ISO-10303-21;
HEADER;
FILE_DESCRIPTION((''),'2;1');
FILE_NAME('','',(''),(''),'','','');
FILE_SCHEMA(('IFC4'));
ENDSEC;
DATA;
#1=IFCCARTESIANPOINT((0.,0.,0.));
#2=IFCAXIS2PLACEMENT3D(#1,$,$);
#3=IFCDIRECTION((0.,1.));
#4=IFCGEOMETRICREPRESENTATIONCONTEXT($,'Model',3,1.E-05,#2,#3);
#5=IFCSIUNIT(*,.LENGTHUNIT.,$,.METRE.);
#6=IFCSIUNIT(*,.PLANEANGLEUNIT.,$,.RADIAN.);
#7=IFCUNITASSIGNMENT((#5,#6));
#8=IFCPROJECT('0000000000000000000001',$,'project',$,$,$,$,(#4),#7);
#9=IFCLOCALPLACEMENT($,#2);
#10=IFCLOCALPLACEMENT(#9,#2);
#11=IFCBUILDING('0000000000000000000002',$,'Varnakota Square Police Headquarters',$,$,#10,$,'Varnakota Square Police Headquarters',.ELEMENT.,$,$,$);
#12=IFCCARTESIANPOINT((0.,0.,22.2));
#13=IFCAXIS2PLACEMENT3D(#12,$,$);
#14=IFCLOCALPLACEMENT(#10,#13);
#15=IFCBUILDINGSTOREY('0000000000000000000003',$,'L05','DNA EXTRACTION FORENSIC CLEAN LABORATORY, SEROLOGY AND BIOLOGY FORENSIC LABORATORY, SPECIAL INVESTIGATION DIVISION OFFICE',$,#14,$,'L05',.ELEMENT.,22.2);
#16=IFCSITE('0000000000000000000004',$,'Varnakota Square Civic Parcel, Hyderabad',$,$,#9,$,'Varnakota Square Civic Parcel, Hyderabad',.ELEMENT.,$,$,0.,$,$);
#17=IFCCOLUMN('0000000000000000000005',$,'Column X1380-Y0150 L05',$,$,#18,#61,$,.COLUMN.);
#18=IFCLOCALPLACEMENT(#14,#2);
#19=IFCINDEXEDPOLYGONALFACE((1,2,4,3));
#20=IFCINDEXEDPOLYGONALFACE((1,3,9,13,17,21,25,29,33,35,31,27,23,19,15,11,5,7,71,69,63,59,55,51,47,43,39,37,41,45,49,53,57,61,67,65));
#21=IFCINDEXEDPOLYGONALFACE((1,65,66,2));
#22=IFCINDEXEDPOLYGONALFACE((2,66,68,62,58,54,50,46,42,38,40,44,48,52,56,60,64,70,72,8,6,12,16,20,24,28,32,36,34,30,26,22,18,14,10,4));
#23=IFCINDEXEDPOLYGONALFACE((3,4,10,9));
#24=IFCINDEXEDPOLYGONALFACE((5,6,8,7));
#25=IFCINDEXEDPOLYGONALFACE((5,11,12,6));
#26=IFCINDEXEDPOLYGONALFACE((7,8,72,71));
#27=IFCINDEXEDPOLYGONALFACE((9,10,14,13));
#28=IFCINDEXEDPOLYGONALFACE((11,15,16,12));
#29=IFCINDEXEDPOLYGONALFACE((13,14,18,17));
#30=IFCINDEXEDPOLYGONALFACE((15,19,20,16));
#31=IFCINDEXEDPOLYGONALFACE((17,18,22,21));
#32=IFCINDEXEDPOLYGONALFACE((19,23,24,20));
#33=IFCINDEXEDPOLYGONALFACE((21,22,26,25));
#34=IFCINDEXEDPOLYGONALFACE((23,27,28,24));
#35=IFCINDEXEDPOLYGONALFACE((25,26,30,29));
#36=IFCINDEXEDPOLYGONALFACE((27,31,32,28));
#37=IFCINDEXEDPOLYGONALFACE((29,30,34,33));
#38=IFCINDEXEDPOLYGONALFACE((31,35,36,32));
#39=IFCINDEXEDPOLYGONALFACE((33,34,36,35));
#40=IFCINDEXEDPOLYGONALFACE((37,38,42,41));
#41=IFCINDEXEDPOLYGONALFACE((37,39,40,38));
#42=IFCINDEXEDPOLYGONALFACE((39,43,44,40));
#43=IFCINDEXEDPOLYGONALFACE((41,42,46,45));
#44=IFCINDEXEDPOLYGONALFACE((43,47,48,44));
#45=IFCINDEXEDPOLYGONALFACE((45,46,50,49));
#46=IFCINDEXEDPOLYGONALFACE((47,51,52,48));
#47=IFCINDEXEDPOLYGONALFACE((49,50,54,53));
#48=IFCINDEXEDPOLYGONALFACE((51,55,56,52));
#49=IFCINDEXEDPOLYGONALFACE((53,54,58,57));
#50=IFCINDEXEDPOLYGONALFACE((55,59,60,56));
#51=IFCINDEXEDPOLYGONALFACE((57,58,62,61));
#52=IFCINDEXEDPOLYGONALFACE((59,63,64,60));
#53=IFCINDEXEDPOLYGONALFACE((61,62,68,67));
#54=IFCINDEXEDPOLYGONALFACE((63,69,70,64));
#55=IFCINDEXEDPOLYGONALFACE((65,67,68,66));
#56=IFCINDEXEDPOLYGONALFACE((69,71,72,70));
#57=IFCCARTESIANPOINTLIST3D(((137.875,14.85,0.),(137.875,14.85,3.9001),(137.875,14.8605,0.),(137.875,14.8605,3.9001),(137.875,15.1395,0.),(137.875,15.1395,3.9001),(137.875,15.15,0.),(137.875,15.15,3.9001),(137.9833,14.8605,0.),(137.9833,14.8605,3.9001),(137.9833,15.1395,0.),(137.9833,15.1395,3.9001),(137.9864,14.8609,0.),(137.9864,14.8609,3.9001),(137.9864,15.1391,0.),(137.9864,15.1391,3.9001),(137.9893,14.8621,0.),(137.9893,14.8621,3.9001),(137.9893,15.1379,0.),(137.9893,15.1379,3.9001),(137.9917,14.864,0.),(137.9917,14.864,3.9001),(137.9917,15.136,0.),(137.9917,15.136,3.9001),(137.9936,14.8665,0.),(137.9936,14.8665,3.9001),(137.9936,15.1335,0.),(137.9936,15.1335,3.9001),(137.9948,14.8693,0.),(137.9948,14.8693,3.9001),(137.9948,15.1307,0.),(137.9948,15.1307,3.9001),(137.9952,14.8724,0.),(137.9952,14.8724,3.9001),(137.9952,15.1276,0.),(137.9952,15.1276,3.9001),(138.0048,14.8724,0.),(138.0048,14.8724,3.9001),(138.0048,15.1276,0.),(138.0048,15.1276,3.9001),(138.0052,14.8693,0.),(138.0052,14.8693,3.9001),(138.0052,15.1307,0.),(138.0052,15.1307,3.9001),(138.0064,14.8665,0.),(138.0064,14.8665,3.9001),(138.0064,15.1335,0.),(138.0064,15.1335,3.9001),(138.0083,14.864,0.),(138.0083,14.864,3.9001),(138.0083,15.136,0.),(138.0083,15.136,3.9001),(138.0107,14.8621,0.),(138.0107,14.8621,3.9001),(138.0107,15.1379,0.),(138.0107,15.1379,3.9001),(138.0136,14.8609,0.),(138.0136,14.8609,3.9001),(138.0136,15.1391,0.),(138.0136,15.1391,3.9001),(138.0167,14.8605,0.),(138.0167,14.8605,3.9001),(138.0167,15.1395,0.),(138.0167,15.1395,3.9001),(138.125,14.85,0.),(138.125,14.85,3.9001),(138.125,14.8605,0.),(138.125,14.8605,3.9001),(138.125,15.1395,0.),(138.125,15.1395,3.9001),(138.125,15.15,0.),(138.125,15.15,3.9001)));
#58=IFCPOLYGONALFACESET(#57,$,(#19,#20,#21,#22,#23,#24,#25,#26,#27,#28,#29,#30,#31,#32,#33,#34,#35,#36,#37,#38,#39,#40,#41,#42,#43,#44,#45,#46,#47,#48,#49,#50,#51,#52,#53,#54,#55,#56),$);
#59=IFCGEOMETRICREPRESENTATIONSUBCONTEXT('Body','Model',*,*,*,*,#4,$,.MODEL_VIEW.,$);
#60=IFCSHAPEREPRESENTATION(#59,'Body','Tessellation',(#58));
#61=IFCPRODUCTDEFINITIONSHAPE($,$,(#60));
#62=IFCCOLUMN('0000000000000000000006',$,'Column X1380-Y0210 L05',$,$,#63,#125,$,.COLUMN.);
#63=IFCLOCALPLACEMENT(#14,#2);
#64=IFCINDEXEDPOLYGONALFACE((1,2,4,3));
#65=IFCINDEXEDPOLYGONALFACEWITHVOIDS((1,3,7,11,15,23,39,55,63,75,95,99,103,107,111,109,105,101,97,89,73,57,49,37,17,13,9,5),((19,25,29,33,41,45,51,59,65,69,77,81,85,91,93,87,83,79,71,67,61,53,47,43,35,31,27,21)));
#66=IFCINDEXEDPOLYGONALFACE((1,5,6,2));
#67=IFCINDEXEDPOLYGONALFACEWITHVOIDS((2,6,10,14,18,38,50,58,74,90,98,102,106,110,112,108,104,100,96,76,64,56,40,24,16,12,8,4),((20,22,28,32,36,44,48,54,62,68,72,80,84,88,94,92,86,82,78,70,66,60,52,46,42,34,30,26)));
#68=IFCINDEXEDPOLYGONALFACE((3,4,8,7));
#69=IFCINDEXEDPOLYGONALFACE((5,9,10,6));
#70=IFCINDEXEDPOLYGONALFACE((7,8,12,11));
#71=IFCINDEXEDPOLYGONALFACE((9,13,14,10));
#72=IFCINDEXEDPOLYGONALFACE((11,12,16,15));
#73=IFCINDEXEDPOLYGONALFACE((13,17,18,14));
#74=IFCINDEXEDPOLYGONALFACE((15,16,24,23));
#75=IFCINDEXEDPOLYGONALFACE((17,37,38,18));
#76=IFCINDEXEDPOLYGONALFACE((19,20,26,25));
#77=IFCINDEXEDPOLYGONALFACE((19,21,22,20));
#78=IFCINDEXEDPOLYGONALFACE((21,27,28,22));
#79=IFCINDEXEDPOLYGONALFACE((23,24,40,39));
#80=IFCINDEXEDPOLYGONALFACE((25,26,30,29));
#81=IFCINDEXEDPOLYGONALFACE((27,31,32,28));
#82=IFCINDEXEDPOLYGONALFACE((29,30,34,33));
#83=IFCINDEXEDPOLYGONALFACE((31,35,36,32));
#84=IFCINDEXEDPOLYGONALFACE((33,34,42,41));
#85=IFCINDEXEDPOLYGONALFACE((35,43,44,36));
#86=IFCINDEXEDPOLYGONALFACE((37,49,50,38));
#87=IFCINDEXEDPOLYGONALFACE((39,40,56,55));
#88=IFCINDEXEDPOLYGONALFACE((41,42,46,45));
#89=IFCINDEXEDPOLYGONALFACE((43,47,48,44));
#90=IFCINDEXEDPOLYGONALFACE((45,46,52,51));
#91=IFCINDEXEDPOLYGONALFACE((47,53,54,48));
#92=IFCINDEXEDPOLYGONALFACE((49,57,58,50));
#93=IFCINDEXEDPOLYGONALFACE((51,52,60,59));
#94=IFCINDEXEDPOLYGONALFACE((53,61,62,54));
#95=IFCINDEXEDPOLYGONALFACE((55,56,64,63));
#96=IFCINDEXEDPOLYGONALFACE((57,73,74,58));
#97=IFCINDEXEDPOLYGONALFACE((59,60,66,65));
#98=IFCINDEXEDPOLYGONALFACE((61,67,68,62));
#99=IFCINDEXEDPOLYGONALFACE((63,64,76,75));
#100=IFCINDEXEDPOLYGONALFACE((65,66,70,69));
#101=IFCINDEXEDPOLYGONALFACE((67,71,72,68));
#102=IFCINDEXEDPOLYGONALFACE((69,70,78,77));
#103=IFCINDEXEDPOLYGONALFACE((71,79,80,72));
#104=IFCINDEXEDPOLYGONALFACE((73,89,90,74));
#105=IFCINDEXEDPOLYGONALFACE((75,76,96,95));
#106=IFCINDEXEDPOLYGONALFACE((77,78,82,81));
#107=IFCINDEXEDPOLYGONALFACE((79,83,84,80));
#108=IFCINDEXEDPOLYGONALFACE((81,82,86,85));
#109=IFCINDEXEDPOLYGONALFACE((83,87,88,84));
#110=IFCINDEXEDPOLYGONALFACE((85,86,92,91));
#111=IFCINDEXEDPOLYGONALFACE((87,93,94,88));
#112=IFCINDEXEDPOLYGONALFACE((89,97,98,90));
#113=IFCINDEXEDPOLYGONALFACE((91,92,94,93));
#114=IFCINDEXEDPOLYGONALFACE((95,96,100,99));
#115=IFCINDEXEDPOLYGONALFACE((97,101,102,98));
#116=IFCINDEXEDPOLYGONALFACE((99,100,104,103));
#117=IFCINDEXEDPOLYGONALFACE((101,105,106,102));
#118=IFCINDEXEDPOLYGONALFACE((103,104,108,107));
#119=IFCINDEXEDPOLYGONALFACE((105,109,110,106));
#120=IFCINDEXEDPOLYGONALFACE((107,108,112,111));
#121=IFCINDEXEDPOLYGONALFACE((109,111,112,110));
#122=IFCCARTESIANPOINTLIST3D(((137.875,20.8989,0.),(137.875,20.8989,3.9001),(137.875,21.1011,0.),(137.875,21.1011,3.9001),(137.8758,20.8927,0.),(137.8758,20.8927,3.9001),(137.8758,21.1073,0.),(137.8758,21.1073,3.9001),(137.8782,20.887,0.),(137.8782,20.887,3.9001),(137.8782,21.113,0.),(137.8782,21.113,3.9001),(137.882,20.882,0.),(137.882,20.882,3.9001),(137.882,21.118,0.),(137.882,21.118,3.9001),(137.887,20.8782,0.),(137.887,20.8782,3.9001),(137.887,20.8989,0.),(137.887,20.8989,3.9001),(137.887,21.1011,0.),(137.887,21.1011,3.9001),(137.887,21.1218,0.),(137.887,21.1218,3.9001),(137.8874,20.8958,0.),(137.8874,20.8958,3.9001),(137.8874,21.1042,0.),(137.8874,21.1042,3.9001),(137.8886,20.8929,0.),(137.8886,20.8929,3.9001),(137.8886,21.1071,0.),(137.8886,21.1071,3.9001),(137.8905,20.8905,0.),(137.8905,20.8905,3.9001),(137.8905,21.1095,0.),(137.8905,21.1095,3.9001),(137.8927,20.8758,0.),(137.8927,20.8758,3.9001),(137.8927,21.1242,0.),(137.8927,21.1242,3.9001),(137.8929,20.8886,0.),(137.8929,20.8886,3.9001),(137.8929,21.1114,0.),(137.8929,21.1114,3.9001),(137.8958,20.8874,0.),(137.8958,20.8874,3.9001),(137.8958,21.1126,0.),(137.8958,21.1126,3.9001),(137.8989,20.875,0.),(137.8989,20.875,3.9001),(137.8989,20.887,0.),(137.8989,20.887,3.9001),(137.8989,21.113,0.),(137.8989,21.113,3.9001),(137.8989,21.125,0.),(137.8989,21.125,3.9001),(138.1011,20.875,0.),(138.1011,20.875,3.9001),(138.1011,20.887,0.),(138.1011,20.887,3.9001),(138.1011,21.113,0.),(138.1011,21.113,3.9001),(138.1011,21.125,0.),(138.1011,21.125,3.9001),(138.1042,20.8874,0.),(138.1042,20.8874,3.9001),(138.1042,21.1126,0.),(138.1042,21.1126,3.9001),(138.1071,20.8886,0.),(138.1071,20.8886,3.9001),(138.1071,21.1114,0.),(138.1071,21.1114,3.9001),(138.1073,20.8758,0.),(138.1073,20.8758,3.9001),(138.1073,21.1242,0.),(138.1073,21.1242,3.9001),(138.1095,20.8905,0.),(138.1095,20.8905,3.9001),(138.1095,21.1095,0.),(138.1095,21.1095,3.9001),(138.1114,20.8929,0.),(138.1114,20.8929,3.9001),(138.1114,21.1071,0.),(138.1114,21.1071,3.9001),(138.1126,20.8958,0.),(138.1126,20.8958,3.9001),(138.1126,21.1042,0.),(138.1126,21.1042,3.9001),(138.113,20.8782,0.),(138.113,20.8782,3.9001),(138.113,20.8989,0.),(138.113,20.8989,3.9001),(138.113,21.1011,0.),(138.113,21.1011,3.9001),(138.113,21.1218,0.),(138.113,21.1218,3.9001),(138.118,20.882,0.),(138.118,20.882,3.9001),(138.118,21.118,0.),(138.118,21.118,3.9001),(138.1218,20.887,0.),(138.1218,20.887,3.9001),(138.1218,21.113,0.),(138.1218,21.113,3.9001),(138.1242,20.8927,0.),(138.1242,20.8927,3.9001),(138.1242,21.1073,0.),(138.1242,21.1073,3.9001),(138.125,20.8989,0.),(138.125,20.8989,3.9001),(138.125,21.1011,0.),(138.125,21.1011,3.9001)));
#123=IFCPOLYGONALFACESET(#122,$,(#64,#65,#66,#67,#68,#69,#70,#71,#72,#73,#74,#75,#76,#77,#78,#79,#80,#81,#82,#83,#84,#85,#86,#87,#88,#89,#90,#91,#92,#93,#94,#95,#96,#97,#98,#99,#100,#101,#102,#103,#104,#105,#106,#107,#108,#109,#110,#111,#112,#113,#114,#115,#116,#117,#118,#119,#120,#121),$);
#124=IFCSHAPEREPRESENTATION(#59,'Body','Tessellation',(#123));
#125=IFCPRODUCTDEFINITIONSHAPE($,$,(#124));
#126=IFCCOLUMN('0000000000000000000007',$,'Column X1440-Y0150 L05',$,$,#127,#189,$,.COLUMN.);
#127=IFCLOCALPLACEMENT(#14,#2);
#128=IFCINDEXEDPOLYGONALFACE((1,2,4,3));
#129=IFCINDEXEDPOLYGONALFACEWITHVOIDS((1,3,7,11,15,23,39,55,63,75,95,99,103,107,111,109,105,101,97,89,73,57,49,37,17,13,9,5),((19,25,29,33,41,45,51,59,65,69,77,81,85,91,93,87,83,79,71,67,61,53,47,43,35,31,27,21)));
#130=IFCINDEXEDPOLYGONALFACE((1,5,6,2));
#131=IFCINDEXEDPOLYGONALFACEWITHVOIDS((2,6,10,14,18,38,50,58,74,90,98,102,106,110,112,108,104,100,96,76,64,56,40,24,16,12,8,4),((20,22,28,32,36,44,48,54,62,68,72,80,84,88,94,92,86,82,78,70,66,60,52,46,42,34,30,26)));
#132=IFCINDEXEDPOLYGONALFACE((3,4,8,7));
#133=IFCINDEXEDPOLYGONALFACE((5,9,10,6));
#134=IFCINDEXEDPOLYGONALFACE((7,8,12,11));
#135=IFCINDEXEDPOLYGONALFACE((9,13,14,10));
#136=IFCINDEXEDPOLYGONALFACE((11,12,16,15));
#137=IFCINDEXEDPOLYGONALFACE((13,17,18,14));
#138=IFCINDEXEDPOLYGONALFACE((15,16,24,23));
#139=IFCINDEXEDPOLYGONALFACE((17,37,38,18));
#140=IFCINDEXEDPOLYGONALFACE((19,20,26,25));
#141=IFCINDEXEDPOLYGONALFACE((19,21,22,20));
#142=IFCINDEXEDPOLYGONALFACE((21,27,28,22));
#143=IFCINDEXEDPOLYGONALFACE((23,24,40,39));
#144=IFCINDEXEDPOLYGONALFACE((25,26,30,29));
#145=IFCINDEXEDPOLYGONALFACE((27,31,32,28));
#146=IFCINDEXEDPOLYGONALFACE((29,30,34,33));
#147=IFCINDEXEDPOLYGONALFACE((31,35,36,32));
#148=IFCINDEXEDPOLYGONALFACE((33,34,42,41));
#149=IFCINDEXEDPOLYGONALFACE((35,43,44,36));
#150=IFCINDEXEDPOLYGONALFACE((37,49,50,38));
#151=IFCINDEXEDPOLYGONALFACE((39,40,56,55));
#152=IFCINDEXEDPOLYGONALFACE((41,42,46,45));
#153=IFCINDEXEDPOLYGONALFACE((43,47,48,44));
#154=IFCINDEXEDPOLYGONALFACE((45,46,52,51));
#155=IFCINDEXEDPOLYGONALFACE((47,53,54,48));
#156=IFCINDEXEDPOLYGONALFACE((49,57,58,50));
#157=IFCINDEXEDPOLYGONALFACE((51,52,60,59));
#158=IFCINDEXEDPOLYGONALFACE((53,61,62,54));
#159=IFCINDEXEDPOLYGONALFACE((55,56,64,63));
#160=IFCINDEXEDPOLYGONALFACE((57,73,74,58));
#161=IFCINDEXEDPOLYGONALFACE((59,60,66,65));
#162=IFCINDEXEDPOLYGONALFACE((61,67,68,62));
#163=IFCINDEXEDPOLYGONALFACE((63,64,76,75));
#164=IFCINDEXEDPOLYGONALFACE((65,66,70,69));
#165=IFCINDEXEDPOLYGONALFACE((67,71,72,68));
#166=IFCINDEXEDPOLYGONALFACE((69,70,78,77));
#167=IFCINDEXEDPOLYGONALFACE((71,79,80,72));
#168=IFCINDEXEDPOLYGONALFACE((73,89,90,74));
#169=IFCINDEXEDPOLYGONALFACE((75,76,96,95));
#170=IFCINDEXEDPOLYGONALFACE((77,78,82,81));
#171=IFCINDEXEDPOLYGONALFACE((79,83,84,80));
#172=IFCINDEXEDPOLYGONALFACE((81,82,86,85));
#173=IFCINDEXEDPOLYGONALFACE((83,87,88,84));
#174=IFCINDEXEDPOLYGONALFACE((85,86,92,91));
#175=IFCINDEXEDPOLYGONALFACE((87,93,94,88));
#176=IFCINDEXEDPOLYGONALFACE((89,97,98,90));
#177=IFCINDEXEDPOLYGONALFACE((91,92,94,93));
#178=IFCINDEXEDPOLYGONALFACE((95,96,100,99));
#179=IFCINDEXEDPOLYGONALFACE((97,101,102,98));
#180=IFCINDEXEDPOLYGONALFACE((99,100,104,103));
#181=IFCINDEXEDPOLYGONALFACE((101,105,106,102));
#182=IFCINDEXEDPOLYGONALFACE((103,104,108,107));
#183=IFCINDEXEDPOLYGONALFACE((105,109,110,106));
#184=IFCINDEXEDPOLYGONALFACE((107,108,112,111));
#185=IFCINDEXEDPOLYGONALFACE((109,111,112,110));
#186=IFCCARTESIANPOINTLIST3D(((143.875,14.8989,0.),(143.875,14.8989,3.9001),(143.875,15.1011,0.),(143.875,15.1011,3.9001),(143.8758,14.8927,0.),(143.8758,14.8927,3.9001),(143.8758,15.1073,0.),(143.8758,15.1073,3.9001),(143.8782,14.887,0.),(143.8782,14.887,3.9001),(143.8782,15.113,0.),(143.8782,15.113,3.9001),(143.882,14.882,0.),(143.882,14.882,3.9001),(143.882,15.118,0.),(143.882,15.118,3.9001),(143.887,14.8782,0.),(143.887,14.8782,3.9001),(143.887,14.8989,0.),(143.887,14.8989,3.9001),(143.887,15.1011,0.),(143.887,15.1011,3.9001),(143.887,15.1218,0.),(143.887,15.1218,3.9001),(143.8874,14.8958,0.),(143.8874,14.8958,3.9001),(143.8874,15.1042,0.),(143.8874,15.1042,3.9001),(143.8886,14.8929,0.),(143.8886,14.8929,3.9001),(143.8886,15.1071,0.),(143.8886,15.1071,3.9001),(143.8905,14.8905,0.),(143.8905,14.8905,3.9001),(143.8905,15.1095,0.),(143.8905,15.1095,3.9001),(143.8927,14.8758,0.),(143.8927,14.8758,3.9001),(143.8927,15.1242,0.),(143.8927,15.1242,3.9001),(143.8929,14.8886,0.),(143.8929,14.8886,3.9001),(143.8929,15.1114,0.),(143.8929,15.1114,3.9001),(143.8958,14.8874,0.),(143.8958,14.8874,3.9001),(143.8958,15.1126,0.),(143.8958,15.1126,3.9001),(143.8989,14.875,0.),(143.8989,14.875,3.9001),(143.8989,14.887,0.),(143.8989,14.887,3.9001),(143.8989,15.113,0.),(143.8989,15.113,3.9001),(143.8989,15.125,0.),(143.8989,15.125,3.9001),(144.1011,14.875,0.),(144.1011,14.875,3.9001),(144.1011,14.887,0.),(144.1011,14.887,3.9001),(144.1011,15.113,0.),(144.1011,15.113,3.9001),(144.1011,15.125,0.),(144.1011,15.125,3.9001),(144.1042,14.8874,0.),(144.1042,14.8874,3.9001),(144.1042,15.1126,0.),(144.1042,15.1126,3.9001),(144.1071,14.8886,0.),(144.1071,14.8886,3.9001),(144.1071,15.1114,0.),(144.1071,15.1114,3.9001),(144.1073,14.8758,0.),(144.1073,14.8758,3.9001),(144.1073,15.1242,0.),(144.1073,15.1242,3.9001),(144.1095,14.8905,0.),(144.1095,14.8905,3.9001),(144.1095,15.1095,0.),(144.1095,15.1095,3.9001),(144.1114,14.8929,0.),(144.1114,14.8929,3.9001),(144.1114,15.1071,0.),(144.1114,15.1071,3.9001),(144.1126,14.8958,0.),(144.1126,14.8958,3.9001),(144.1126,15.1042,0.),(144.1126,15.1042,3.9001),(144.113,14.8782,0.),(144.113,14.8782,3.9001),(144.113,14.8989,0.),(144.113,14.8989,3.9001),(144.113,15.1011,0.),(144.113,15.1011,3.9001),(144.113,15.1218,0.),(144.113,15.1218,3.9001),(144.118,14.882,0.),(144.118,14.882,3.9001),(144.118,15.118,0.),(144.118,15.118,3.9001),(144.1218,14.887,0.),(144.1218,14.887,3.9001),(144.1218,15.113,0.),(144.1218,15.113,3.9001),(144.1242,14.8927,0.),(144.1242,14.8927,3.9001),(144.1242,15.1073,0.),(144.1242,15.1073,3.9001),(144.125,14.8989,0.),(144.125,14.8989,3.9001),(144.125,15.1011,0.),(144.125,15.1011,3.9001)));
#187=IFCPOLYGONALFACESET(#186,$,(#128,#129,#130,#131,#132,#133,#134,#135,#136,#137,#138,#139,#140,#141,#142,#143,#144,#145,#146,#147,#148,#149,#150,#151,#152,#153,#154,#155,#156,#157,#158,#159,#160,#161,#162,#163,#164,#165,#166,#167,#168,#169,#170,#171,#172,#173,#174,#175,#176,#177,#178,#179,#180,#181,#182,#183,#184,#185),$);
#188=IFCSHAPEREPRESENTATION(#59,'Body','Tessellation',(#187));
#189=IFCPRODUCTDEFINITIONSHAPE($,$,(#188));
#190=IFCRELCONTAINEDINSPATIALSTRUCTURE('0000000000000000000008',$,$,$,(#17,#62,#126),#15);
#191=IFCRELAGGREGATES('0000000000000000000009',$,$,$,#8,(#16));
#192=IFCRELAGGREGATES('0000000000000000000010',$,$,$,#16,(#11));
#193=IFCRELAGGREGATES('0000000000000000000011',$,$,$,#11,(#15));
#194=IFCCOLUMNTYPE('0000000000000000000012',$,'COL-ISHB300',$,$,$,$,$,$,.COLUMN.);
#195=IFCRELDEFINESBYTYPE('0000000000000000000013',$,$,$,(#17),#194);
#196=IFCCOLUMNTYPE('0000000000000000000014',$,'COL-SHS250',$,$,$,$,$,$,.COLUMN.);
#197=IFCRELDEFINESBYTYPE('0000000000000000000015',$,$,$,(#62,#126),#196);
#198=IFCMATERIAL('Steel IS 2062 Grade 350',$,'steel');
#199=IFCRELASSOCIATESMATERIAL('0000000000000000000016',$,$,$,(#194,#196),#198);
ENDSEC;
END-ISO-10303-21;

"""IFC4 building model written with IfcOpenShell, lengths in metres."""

from ifc_helpers import new_model, si_unit, direction, frame, origin, origin_2d, place, context, subcontext, project, spatial, hollow_rectangle, i_section, extrude, material, material_profile, profile_set, type_object, element, save


model = new_model("IFC4")

# Units and contexts
model_context = context("Model", 3, precision=1e-05, world=origin(), true_north=direction((0.0, 1.0)))
body_context = subcontext(model_context, "Body", "Model", "MODEL_VIEW")
ifc_project = project(units=[si_unit("LENGTHUNIT", "METRE"), si_unit("PLANEANGLEUNIT", "RADIAN")], contexts=[model_context])

# Site, building, storey
site_placement = place(None, origin())
site = spatial("IfcSite", under=ifc_project, at=site_placement, Name="Varnakota Square Civic Parcel, Hyderabad", LongName="Varnakota Square Civic Parcel, Hyderabad", CompositionType="ELEMENT", RefElevation=0.0)
building_placement = place(site_placement, origin())
building = spatial("IfcBuilding", under=site, at=building_placement, Name="Varnakota Square Police Headquarters", LongName="Varnakota Square Police Headquarters", CompositionType="ELEMENT")
storey_placement = place(building_placement, frame((0.0, 0.0, 22.2)))
storey = spatial("IfcBuildingStorey", under=building, at=storey_placement, Name="L05", Description="DNA EXTRACTION FORENSIC CLEAN LABORATORY, SEROLOGY AND BIOLOGY FORENSIC LABORATORY, SPECIAL INVESTIGATION DIVISION OFFICE", LongName="L05", CompositionType="ELEMENT", Elevation=22.2)

# Columns
ifc_material_1 = material(Name="Steel IS 2062 Grade 350", Category="steel")
ifc_material_profile_1 = material_profile(ifc_material_1, i_section(OverallWidth=0.25, OverallDepth=0.3, WebThickness=0.0095, FlangeThickness=0.0105, FilletRadius=0.012, at=origin_2d()), Name="ISHB 300")
ifc_profile_set_1 = profile_set([ifc_material_profile_1], Name="Steel IS 2062 Grade 350")
column_type_1 = type_object("IfcColumnType", Name="COL-ISHB300", PredefinedType="COLUMN", material=ifc_profile_set_1)
column_placement = place(storey_placement, frame((138.0, 15.0, 0.0), z_axis=(0.0, 0.0, 1.0), x_axis=(1.0, 0.0, 0.0)))
element("IfcColumn", 1, at=column_placement, inside=storey, type_object=column_type_1, Name="Column X1380-Y0150 L05", PredefinedType="COLUMN", context=body_context, shape_type="SweptSolid", body=[
    extrude(i_section(OverallWidth=0.25, OverallDepth=0.3, WebThickness=0.0095, FlangeThickness=0.0105, FilletRadius=0.012, at=origin_2d()), origin(), (0.0, 0.0, 1.0), 3.9001),
])
ifc_material_profile_2 = material_profile(ifc_material_1, hollow_rectangle(XDim=0.25, YDim=0.25, WallThickness=0.012, InnerFilletRadius=0.012, OuterFilletRadius=0.0239, at=origin_2d()), Name="SHS 250x250x12")
ifc_profile_set_2 = profile_set([ifc_material_profile_2], Name="Steel IS 2062 Grade 350")
column_type_2 = type_object("IfcColumnType", Name="COL-SHS250", PredefinedType="COLUMN", material=ifc_profile_set_2)
for number, where, z_axis, x_axis, name in (
    (2, (138.0, 21.0, 0.0), (0.0, 0.0, 1.0), (1.0, 0.0, 0.0), "Column X1380-Y0210 L05"),
    (3, (144.0, 15.0, 0.0), (0.0, 0.0, 1.0), (1.0, 0.0, 0.0), "Column X1440-Y0150 L05"),
):
    element("IfcColumn", number, at=place(storey_placement, frame(where, z_axis=z_axis, x_axis=x_axis)), inside=storey, type_object=column_type_2, Name=name, PredefinedType="COLUMN", context=body_context, shape_type="SweptSolid", body=[
        extrude(hollow_rectangle(XDim=0.25, YDim=0.25, WallThickness=0.012, InnerFilletRadius=0.012, OuterFilletRadius=0.0239, at=origin_2d()), origin(), (0.0, 0.0, 1.0), 3.9001),
    ])

save(model, "model.ifc")
